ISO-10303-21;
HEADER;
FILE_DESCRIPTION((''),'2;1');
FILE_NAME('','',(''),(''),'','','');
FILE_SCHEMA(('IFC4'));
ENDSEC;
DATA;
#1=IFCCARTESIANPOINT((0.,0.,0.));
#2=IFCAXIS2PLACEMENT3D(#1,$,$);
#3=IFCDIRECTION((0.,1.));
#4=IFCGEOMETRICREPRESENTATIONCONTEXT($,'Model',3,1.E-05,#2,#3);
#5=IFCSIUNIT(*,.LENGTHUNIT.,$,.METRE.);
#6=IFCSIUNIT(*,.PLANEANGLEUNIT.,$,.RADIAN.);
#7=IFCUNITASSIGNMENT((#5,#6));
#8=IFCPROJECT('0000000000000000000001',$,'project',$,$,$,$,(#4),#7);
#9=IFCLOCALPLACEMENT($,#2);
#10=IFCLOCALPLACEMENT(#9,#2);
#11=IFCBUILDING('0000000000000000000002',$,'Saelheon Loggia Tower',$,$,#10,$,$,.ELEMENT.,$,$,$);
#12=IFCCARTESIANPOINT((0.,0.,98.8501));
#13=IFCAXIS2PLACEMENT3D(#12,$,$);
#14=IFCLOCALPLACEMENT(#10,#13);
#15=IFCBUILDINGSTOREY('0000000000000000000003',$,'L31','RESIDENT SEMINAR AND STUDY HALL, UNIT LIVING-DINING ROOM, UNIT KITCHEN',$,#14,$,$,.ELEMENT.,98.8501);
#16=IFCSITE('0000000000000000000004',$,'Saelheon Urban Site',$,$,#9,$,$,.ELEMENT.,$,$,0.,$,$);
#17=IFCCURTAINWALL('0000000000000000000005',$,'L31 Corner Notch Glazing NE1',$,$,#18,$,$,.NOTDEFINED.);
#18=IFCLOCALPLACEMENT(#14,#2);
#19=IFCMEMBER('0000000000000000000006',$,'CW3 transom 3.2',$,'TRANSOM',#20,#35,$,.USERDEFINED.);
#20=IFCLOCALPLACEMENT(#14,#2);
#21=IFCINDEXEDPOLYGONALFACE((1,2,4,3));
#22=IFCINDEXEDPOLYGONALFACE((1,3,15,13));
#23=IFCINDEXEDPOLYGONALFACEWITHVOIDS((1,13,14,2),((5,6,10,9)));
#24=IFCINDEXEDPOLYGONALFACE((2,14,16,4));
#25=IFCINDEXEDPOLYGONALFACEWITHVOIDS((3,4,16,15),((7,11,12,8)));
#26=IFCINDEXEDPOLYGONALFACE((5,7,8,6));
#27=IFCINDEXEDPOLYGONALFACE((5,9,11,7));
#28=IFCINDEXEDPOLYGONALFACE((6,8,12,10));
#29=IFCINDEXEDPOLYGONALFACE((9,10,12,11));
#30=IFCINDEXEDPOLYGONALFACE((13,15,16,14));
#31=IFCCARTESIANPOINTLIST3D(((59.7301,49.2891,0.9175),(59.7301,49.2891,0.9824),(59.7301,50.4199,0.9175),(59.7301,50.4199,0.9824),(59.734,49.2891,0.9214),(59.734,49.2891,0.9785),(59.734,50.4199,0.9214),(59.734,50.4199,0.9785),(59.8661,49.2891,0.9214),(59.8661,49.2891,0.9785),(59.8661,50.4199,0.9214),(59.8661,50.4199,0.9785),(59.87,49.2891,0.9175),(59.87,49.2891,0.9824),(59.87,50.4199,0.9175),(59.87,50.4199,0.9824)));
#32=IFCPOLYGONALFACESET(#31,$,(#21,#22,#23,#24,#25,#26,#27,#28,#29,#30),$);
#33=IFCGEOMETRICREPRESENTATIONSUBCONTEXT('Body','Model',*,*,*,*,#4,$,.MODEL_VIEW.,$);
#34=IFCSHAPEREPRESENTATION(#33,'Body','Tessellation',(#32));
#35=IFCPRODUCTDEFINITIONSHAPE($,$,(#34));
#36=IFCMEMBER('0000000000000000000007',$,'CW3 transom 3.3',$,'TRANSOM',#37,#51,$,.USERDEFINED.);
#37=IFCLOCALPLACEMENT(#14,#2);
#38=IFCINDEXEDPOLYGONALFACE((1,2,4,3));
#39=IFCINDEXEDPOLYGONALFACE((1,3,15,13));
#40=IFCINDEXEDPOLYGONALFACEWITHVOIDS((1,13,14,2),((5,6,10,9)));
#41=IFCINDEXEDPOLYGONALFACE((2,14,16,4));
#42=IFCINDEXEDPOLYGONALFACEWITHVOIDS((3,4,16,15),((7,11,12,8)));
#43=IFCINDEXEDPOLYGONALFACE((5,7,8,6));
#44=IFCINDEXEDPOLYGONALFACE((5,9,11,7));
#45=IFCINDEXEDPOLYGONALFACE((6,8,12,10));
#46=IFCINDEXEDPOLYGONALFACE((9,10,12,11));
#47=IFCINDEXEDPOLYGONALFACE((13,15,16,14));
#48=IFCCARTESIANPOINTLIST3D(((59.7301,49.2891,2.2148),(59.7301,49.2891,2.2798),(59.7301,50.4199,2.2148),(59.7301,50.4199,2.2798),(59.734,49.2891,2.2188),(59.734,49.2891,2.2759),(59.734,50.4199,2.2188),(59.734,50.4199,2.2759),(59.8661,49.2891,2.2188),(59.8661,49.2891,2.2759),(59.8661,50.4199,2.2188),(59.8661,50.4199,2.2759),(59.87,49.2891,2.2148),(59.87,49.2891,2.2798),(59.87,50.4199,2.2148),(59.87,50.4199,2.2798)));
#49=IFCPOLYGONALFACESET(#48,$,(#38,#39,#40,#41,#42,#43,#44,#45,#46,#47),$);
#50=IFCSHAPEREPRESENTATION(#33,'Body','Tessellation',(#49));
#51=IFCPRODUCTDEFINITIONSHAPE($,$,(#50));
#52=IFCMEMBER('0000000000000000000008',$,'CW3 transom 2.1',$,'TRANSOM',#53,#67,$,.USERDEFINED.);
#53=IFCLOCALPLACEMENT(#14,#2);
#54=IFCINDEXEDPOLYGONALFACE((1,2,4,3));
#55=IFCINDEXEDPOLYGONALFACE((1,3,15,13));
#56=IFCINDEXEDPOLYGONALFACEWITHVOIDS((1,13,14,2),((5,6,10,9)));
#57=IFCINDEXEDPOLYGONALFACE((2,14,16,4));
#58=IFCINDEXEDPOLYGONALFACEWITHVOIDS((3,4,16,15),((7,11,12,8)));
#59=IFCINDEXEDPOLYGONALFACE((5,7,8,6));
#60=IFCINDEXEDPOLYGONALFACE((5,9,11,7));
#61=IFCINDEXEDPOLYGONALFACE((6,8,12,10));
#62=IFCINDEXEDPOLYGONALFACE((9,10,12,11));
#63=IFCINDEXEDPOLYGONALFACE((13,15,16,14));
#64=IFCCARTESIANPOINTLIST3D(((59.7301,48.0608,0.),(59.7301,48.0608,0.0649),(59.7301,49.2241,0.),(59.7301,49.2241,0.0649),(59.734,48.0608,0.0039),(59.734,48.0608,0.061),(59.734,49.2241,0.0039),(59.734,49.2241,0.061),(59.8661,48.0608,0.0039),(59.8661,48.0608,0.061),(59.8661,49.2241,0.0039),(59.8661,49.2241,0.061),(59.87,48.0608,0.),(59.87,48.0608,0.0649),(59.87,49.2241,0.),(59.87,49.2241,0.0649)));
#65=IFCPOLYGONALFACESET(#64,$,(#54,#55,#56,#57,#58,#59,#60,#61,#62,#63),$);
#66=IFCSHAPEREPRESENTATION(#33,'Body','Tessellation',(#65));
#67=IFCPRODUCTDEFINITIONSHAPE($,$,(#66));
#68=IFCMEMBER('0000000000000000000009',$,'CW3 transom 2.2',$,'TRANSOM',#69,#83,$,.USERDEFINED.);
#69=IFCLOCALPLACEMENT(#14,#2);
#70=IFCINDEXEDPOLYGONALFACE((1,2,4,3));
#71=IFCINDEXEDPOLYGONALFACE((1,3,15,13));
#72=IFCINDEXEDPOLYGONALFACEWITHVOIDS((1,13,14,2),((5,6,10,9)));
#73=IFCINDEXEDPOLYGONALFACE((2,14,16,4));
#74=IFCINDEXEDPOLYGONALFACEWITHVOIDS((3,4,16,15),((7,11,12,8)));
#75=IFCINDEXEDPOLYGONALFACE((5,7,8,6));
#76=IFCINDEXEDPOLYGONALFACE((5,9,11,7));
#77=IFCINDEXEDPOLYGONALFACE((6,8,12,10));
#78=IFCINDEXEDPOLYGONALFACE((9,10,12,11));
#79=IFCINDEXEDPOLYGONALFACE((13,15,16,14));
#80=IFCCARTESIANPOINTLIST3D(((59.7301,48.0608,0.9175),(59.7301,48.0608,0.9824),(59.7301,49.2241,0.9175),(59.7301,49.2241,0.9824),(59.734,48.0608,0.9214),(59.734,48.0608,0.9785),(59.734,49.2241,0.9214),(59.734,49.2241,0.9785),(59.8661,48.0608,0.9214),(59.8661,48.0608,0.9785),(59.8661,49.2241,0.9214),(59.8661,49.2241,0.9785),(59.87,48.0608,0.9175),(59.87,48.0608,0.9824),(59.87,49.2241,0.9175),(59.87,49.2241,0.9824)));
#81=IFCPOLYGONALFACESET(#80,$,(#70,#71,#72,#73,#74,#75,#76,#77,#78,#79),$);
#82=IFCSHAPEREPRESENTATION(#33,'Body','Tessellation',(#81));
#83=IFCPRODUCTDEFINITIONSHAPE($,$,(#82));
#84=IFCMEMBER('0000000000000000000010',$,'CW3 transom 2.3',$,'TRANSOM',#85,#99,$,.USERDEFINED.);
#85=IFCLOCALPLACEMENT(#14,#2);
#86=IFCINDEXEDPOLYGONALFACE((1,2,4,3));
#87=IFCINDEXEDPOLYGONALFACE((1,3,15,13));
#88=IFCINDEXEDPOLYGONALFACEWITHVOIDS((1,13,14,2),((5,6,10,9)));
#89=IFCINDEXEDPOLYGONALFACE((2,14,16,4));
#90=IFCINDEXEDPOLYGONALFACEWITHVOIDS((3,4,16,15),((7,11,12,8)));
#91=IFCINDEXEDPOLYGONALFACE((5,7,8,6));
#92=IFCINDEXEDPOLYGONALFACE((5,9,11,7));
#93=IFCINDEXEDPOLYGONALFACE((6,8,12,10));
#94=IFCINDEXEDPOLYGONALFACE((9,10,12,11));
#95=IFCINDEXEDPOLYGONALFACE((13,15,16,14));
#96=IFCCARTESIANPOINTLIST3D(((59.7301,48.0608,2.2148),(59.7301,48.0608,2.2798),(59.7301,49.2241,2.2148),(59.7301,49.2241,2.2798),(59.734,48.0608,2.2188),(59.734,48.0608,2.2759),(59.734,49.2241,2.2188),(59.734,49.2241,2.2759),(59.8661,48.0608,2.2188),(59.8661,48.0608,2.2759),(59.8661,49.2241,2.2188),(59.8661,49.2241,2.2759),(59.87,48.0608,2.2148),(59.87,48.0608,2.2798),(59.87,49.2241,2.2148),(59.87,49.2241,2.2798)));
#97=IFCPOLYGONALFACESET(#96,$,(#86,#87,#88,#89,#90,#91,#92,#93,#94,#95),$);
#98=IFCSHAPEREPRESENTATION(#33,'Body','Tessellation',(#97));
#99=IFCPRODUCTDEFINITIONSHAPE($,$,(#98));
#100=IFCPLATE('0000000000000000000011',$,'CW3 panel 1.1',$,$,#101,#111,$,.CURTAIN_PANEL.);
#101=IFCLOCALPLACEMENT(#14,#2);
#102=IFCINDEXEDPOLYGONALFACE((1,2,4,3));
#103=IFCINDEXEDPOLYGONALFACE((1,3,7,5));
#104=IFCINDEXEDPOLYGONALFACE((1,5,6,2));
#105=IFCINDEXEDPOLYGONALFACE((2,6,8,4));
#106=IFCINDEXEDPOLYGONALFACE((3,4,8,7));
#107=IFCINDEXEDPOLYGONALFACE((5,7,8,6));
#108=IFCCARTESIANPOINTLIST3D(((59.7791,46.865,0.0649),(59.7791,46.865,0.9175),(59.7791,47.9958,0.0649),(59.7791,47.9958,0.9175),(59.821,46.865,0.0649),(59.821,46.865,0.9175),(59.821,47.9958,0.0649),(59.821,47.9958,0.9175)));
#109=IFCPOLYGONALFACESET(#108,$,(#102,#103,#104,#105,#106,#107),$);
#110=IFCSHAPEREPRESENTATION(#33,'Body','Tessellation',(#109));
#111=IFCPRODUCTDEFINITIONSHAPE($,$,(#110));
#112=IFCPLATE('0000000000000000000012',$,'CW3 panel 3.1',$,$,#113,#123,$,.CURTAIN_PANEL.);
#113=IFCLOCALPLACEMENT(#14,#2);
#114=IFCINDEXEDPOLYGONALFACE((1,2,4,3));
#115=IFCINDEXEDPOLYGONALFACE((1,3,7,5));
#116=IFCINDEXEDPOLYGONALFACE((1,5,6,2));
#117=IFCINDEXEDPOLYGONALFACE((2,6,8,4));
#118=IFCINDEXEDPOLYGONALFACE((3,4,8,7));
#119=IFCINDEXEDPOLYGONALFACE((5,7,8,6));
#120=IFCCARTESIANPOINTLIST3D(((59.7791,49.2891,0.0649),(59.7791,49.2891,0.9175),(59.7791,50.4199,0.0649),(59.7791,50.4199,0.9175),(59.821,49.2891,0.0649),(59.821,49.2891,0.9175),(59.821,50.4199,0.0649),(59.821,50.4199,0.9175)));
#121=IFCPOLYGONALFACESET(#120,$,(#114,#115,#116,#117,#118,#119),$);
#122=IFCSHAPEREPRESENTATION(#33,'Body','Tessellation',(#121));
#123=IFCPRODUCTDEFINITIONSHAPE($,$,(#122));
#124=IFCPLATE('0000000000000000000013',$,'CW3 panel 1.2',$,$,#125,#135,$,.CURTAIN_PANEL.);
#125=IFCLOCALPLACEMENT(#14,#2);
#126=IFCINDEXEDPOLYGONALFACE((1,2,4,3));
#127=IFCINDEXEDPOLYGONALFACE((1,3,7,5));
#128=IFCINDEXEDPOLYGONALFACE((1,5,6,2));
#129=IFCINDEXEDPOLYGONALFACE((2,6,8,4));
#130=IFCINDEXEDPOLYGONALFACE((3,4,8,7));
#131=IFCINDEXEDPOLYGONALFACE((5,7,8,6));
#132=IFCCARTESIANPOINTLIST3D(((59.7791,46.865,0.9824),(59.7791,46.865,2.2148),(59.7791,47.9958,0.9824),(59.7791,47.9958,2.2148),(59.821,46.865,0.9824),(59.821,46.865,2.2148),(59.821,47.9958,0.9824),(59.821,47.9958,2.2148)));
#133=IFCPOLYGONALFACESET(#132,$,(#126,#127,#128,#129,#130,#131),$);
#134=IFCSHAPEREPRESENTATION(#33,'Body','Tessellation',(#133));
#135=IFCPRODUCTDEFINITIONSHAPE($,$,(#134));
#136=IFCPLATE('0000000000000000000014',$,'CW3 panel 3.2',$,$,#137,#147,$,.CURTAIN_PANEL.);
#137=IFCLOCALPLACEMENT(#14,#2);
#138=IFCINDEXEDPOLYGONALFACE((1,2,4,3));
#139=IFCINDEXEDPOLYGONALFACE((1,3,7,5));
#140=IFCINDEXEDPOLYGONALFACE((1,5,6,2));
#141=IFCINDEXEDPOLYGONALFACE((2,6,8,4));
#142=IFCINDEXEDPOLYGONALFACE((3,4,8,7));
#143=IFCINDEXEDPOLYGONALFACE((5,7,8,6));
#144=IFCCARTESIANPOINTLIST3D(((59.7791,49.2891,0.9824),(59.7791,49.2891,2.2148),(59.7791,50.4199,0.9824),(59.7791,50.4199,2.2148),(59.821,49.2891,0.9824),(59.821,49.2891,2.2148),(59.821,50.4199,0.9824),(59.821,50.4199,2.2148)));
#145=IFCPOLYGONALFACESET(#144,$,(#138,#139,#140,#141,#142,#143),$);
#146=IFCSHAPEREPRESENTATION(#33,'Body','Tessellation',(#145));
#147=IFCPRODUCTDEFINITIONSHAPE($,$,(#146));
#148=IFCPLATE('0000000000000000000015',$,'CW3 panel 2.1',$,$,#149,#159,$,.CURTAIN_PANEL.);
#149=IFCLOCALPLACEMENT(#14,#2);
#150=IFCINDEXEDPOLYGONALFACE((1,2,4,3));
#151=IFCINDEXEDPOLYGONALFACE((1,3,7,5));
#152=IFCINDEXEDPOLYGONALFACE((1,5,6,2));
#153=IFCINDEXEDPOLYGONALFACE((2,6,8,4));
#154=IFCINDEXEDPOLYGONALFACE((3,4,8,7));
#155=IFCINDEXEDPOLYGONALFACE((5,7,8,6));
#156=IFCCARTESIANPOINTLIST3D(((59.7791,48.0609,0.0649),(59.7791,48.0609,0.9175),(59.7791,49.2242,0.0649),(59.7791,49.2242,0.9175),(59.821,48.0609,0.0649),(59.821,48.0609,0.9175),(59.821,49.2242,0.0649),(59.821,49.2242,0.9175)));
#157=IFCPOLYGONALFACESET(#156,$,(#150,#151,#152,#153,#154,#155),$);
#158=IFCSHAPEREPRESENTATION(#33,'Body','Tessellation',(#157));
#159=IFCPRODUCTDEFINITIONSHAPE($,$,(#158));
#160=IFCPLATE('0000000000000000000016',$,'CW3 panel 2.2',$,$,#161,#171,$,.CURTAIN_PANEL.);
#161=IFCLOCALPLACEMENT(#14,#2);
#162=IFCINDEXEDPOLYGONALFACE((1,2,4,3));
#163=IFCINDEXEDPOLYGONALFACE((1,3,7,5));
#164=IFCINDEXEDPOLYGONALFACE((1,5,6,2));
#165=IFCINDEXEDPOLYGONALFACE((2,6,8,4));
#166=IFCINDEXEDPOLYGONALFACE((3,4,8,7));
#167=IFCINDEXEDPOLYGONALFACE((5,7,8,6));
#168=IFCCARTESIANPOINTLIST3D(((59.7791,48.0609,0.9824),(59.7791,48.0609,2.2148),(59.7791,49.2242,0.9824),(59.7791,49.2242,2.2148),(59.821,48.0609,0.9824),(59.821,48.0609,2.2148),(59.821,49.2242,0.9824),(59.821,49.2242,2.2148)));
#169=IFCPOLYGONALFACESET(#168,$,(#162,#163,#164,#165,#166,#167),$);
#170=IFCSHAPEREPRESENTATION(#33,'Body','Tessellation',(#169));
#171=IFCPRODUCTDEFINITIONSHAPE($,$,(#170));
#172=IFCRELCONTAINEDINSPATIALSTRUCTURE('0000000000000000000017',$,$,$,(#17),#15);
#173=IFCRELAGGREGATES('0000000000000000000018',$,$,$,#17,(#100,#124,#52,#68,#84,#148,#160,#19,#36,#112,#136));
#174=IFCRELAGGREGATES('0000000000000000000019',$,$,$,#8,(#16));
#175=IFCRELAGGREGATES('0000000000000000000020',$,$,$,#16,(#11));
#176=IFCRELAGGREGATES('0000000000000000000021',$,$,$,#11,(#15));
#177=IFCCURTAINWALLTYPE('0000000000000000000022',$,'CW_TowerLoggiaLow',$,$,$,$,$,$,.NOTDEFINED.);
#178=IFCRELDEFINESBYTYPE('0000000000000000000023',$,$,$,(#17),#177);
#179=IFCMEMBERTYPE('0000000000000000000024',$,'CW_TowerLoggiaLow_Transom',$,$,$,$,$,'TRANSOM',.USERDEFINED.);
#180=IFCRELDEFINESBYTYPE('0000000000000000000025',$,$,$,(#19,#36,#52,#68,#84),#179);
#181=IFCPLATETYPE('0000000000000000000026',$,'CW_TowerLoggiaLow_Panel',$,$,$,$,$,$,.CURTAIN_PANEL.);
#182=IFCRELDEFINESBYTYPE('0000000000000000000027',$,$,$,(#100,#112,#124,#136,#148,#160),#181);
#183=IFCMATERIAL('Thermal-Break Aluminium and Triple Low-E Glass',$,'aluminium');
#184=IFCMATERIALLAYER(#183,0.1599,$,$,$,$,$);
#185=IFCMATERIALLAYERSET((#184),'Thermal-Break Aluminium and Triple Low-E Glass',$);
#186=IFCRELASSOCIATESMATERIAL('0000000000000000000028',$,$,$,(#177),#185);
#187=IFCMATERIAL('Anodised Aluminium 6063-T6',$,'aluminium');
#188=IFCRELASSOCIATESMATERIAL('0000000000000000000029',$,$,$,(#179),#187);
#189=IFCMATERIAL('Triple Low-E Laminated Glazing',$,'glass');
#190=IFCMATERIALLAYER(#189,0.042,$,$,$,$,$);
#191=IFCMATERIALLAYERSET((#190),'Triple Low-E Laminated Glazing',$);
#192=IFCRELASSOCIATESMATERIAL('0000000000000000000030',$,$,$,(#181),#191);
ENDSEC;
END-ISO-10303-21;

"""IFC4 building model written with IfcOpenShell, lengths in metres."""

from ifc_helpers import new_model, si_unit, direction, frame, origin, origin_2d, place, context, subcontext, project, spatial, rectangle, hollow_rectangle, extrude, source, transform, mapped, material, layer, layer_set, material_profile, profile_set, type_object, element, aggregate, save


model = new_model("IFC4")

# Units and contexts
model_context = context("Model", 3, precision=1e-05, world=origin(), true_north=direction((0.0, 1.0)))
body_context = subcontext(model_context, "Body", "Model", "MODEL_VIEW")
ifc_project = project(units=[si_unit("LENGTHUNIT", "METRE"), si_unit("PLANEANGLEUNIT", "RADIAN")], contexts=[model_context])

# Site, building, storey
site_placement = place(None, origin())
site = spatial("IfcSite", under=ifc_project, at=site_placement, Name="Saelheon Urban Site", CompositionType="ELEMENT", RefElevation=0.0)
building_placement = place(site_placement, origin())
building = spatial("IfcBuilding", under=site, at=building_placement, Name="Saelheon Loggia Tower", CompositionType="ELEMENT")
storey_placement = place(building_placement, frame((0.0, 0.0, 98.8501)))
storey = spatial("IfcBuildingStorey", under=building, at=storey_placement, Name="L31", Description="RESIDENT SEMINAR AND STUDY HALL, UNIT LIVING-DINING ROOM, UNIT KITCHEN", CompositionType="ELEMENT", Elevation=98.8501)

# Curtain wall, members, plates
ifc_material_1 = material(Name="Thermal-Break Aluminium and Triple Low-E Glass", Category="aluminium")
ifc_layer_1 = layer(ifc_material_1, 0.1599)
ifc_layer_set_1 = layer_set([ifc_layer_1], Name="Thermal-Break Aluminium and Triple Low-E Glass")
curtain_wall_type = type_object("IfcCurtainWallType", Name="CW_TowerLoggiaLow", PredefinedType="NOTDEFINED", material=ifc_layer_set_1)
curtain_wall_placement = place(storey_placement, origin())
curtain_wall = element("IfcCurtainWall", 1, at=curtain_wall_placement, inside=storey, type_object=curtain_wall_type, Name="L31 Corner Notch Glazing NE1", PredefinedType="NOTDEFINED")
ifc_material_2 = material(Name="Anodised Aluminium 6063-T6", Category="aluminium")
ifc_material_profile_1 = material_profile(ifc_material_2, hollow_rectangle(XDim=0.0649, YDim=0.1399, WallThickness=0.0039, at=origin_2d()), Name="RHS-140x65x4")
ifc_profile_set_1 = profile_set([ifc_material_profile_1], Name="Anodised Aluminium 6063-T6")
member_type_1 = type_object("IfcMemberType", Name="CW_TowerLoggiaLow_Transom", ElementType="TRANSOM", PredefinedType="USERDEFINED", material=ifc_profile_set_1)
shared_shape_1 = source(origin(), body_context, "Body", "SweptSolid", [
    extrude(hollow_rectangle(XDim=0.0649, YDim=0.1399, WallThickness=0.0039, at=origin_2d()), origin(), (0.0, 0.0, 1.0), 1.1309),
])
member_1_placement = place(storey_placement, frame((59.8, 49.2891, 0.95), z_axis=(0.0, 1.0, 0.0), x_axis=(0.0, 0.0, 1.0)))
member_1 = element("IfcMember", 2, at=member_1_placement, type_object=member_type_1, Name="CW3 transom 3.2", ObjectType="TRANSOM", PredefinedType="USERDEFINED", context=body_context, shape_type="MappedRepresentation", body=[
    mapped(shared_shape_1, transform((0.0, 0.0, 0.0), scale=1.0)),
])
member_2_placement = place(storey_placement, frame((59.8, 49.2891, 2.2473), z_axis=(0.0, 1.0, 0.0), x_axis=(0.0, 0.0, 1.0)))
member_2 = element("IfcMember", 3, at=member_2_placement, type_object=member_type_1, Name="CW3 transom 3.3", ObjectType="TRANSOM", PredefinedType="USERDEFINED", context=body_context, shape_type="MappedRepresentation", body=[
    mapped(shared_shape_1, transform((0.0, 0.0, 0.0), scale=1.0)),
])
shared_shape_2 = source(origin(), body_context, "Body", "SweptSolid", [
    extrude(hollow_rectangle(XDim=0.0649, YDim=0.1399, WallThickness=0.0039, at=origin_2d()), origin(), (0.0, 0.0, 1.0), 1.1633),
])
member_3_placement = place(storey_placement, frame((59.8, 48.0608, 0.0325), z_axis=(0.0, 1.0, 0.0), x_axis=(0.0, 0.0, 1.0)))
member_3 = element("IfcMember", 4, at=member_3_placement, type_object=member_type_1, Name="CW3 transom 2.1", ObjectType="TRANSOM", PredefinedType="USERDEFINED", context=body_context, shape_type="MappedRepresentation", body=[
    mapped(shared_shape_2, transform((0.0, 0.0, 0.0), scale=1.0)),
])
member_4_placement = place(storey_placement, frame((59.8, 48.0608, 0.95), z_axis=(0.0, 1.0, 0.0), x_axis=(0.0, 0.0, 1.0)))
member_4 = element("IfcMember", 5, at=member_4_placement, type_object=member_type_1, Name="CW3 transom 2.2", ObjectType="TRANSOM", PredefinedType="USERDEFINED", context=body_context, shape_type="MappedRepresentation", body=[
    mapped(shared_shape_2, transform((0.0, 0.0, 0.0), scale=1.0)),
])
member_5_placement = place(storey_placement, frame((59.8, 48.0608, 2.2473), z_axis=(0.0, 1.0, 0.0), x_axis=(0.0, 0.0, 1.0)))
member_5 = element("IfcMember", 6, at=member_5_placement, type_object=member_type_1, Name="CW3 transom 2.3", ObjectType="TRANSOM", PredefinedType="USERDEFINED", context=body_context, shape_type="MappedRepresentation", body=[
    mapped(shared_shape_2, transform((0.0, 0.0, 0.0), scale=1.0)),
])
ifc_material_3 = material(Name="Triple Low-E Laminated Glazing", Category="glass")
ifc_layer_2 = layer(ifc_material_3, 0.042)
ifc_layer_set_2 = layer_set([ifc_layer_2], Name="Triple Low-E Laminated Glazing")
plate_type = type_object("IfcPlateType", Name="CW_TowerLoggiaLow_Panel", PredefinedType="CURTAIN_PANEL", material=ifc_layer_set_2)
shared_shape_3 = source(origin(), body_context, "Body", "SweptSolid", [
    extrude(rectangle(XDim=1.1309, YDim=0.042, at=origin_2d()), origin(), (0.0, 0.0, 1.0), 0.8525),
])
plate_1_placement = place(storey_placement, frame((59.8, 47.4304, 0.0649), z_axis=(0.0, 0.0, 1.0), x_axis=(0.0, 1.0, 0.0)))
plate_1 = element("IfcPlate", 7, at=plate_1_placement, type_object=plate_type, Name="CW3 panel 1.1", PredefinedType="CURTAIN_PANEL", context=body_context, shape_type="MappedRepresentation", body=[
    mapped(shared_shape_3, transform((0.0, 0.0, 0.0), scale=1.0)),
])
plate_2_placement = place(storey_placement, frame((59.8, 49.8545, 0.0649), z_axis=(0.0, 0.0, 1.0), x_axis=(0.0, 1.0, 0.0)))
plate_2 = element("IfcPlate", 8, at=plate_2_placement, type_object=plate_type, Name="CW3 panel 3.1", PredefinedType="CURTAIN_PANEL", context=body_context, shape_type="MappedRepresentation", body=[
    mapped(shared_shape_3, transform((0.0, 0.0, 0.0), scale=1.0)),
])
shared_shape_4 = source(origin(), body_context, "Body", "SweptSolid", [
    extrude(rectangle(XDim=1.1309, YDim=0.042, at=origin_2d()), origin(), (0.0, 0.0, 1.0), 1.2324),
])
plate_3_placement = place(storey_placement, frame((59.8, 47.4304, 0.9824), z_axis=(0.0, 0.0, 1.0), x_axis=(0.0, 1.0, 0.0)))
plate_3 = element("IfcPlate", 9, at=plate_3_placement, type_object=plate_type, Name="CW3 panel 1.2", PredefinedType="CURTAIN_PANEL", context=body_context, shape_type="MappedRepresentation", body=[
    mapped(shared_shape_4, transform((0.0, 0.0, 0.0), scale=1.0)),
])
plate_4_placement = place(storey_placement, frame((59.8, 49.8545, 0.9824), z_axis=(0.0, 0.0, 1.0), x_axis=(0.0, 1.0, 0.0)))
plate_4 = element("IfcPlate", 10, at=plate_4_placement, type_object=plate_type, Name="CW3 panel 3.2", PredefinedType="CURTAIN_PANEL", context=body_context, shape_type="MappedRepresentation", body=[
    mapped(shared_shape_4, transform((0.0, 0.0, 0.0), scale=1.0)),
])
shared_shape_5 = source(origin(), body_context, "Body", "SweptSolid", [
    extrude(rectangle(XDim=1.1633, YDim=0.042, at=origin_2d()), origin(), (0.0, 0.0, 1.0), 0.8525),
])
plate_5_placement = place(storey_placement, frame((59.8, 48.6426, 0.0649), z_axis=(0.0, 0.0, 1.0), x_axis=(0.0, 1.0, 0.0)))
plate_5 = element("IfcPlate", 11, at=plate_5_placement, type_object=plate_type, Name="CW3 panel 2.1", PredefinedType="CURTAIN_PANEL", context=body_context, shape_type="MappedRepresentation", body=[
    mapped(shared_shape_5, transform((0.0, 0.0, 0.0), scale=1.0)),
])
shared_shape_6 = source(origin(), body_context, "Body", "SweptSolid", [
    extrude(rectangle(XDim=1.1633, YDim=0.042, at=origin_2d()), origin(), (0.0, 0.0, 1.0), 1.2324),
])
plate_6_placement = place(storey_placement, frame((59.8, 48.6426, 0.9824), z_axis=(0.0, 0.0, 1.0), x_axis=(0.0, 1.0, 0.0)))
plate_6 = element("IfcPlate", 12, at=plate_6_placement, type_object=plate_type, Name="CW3 panel 2.2", PredefinedType="CURTAIN_PANEL", context=body_context, shape_type="MappedRepresentation", body=[
    mapped(shared_shape_6, transform((0.0, 0.0, 0.0), scale=1.0)),
])
aggregate(curtain_wall, [plate_1, plate_3, member_3, member_4, member_5, plate_5, plate_6, member_1, member_2, plate_2, plate_4])

save(model, "model.ifc")
